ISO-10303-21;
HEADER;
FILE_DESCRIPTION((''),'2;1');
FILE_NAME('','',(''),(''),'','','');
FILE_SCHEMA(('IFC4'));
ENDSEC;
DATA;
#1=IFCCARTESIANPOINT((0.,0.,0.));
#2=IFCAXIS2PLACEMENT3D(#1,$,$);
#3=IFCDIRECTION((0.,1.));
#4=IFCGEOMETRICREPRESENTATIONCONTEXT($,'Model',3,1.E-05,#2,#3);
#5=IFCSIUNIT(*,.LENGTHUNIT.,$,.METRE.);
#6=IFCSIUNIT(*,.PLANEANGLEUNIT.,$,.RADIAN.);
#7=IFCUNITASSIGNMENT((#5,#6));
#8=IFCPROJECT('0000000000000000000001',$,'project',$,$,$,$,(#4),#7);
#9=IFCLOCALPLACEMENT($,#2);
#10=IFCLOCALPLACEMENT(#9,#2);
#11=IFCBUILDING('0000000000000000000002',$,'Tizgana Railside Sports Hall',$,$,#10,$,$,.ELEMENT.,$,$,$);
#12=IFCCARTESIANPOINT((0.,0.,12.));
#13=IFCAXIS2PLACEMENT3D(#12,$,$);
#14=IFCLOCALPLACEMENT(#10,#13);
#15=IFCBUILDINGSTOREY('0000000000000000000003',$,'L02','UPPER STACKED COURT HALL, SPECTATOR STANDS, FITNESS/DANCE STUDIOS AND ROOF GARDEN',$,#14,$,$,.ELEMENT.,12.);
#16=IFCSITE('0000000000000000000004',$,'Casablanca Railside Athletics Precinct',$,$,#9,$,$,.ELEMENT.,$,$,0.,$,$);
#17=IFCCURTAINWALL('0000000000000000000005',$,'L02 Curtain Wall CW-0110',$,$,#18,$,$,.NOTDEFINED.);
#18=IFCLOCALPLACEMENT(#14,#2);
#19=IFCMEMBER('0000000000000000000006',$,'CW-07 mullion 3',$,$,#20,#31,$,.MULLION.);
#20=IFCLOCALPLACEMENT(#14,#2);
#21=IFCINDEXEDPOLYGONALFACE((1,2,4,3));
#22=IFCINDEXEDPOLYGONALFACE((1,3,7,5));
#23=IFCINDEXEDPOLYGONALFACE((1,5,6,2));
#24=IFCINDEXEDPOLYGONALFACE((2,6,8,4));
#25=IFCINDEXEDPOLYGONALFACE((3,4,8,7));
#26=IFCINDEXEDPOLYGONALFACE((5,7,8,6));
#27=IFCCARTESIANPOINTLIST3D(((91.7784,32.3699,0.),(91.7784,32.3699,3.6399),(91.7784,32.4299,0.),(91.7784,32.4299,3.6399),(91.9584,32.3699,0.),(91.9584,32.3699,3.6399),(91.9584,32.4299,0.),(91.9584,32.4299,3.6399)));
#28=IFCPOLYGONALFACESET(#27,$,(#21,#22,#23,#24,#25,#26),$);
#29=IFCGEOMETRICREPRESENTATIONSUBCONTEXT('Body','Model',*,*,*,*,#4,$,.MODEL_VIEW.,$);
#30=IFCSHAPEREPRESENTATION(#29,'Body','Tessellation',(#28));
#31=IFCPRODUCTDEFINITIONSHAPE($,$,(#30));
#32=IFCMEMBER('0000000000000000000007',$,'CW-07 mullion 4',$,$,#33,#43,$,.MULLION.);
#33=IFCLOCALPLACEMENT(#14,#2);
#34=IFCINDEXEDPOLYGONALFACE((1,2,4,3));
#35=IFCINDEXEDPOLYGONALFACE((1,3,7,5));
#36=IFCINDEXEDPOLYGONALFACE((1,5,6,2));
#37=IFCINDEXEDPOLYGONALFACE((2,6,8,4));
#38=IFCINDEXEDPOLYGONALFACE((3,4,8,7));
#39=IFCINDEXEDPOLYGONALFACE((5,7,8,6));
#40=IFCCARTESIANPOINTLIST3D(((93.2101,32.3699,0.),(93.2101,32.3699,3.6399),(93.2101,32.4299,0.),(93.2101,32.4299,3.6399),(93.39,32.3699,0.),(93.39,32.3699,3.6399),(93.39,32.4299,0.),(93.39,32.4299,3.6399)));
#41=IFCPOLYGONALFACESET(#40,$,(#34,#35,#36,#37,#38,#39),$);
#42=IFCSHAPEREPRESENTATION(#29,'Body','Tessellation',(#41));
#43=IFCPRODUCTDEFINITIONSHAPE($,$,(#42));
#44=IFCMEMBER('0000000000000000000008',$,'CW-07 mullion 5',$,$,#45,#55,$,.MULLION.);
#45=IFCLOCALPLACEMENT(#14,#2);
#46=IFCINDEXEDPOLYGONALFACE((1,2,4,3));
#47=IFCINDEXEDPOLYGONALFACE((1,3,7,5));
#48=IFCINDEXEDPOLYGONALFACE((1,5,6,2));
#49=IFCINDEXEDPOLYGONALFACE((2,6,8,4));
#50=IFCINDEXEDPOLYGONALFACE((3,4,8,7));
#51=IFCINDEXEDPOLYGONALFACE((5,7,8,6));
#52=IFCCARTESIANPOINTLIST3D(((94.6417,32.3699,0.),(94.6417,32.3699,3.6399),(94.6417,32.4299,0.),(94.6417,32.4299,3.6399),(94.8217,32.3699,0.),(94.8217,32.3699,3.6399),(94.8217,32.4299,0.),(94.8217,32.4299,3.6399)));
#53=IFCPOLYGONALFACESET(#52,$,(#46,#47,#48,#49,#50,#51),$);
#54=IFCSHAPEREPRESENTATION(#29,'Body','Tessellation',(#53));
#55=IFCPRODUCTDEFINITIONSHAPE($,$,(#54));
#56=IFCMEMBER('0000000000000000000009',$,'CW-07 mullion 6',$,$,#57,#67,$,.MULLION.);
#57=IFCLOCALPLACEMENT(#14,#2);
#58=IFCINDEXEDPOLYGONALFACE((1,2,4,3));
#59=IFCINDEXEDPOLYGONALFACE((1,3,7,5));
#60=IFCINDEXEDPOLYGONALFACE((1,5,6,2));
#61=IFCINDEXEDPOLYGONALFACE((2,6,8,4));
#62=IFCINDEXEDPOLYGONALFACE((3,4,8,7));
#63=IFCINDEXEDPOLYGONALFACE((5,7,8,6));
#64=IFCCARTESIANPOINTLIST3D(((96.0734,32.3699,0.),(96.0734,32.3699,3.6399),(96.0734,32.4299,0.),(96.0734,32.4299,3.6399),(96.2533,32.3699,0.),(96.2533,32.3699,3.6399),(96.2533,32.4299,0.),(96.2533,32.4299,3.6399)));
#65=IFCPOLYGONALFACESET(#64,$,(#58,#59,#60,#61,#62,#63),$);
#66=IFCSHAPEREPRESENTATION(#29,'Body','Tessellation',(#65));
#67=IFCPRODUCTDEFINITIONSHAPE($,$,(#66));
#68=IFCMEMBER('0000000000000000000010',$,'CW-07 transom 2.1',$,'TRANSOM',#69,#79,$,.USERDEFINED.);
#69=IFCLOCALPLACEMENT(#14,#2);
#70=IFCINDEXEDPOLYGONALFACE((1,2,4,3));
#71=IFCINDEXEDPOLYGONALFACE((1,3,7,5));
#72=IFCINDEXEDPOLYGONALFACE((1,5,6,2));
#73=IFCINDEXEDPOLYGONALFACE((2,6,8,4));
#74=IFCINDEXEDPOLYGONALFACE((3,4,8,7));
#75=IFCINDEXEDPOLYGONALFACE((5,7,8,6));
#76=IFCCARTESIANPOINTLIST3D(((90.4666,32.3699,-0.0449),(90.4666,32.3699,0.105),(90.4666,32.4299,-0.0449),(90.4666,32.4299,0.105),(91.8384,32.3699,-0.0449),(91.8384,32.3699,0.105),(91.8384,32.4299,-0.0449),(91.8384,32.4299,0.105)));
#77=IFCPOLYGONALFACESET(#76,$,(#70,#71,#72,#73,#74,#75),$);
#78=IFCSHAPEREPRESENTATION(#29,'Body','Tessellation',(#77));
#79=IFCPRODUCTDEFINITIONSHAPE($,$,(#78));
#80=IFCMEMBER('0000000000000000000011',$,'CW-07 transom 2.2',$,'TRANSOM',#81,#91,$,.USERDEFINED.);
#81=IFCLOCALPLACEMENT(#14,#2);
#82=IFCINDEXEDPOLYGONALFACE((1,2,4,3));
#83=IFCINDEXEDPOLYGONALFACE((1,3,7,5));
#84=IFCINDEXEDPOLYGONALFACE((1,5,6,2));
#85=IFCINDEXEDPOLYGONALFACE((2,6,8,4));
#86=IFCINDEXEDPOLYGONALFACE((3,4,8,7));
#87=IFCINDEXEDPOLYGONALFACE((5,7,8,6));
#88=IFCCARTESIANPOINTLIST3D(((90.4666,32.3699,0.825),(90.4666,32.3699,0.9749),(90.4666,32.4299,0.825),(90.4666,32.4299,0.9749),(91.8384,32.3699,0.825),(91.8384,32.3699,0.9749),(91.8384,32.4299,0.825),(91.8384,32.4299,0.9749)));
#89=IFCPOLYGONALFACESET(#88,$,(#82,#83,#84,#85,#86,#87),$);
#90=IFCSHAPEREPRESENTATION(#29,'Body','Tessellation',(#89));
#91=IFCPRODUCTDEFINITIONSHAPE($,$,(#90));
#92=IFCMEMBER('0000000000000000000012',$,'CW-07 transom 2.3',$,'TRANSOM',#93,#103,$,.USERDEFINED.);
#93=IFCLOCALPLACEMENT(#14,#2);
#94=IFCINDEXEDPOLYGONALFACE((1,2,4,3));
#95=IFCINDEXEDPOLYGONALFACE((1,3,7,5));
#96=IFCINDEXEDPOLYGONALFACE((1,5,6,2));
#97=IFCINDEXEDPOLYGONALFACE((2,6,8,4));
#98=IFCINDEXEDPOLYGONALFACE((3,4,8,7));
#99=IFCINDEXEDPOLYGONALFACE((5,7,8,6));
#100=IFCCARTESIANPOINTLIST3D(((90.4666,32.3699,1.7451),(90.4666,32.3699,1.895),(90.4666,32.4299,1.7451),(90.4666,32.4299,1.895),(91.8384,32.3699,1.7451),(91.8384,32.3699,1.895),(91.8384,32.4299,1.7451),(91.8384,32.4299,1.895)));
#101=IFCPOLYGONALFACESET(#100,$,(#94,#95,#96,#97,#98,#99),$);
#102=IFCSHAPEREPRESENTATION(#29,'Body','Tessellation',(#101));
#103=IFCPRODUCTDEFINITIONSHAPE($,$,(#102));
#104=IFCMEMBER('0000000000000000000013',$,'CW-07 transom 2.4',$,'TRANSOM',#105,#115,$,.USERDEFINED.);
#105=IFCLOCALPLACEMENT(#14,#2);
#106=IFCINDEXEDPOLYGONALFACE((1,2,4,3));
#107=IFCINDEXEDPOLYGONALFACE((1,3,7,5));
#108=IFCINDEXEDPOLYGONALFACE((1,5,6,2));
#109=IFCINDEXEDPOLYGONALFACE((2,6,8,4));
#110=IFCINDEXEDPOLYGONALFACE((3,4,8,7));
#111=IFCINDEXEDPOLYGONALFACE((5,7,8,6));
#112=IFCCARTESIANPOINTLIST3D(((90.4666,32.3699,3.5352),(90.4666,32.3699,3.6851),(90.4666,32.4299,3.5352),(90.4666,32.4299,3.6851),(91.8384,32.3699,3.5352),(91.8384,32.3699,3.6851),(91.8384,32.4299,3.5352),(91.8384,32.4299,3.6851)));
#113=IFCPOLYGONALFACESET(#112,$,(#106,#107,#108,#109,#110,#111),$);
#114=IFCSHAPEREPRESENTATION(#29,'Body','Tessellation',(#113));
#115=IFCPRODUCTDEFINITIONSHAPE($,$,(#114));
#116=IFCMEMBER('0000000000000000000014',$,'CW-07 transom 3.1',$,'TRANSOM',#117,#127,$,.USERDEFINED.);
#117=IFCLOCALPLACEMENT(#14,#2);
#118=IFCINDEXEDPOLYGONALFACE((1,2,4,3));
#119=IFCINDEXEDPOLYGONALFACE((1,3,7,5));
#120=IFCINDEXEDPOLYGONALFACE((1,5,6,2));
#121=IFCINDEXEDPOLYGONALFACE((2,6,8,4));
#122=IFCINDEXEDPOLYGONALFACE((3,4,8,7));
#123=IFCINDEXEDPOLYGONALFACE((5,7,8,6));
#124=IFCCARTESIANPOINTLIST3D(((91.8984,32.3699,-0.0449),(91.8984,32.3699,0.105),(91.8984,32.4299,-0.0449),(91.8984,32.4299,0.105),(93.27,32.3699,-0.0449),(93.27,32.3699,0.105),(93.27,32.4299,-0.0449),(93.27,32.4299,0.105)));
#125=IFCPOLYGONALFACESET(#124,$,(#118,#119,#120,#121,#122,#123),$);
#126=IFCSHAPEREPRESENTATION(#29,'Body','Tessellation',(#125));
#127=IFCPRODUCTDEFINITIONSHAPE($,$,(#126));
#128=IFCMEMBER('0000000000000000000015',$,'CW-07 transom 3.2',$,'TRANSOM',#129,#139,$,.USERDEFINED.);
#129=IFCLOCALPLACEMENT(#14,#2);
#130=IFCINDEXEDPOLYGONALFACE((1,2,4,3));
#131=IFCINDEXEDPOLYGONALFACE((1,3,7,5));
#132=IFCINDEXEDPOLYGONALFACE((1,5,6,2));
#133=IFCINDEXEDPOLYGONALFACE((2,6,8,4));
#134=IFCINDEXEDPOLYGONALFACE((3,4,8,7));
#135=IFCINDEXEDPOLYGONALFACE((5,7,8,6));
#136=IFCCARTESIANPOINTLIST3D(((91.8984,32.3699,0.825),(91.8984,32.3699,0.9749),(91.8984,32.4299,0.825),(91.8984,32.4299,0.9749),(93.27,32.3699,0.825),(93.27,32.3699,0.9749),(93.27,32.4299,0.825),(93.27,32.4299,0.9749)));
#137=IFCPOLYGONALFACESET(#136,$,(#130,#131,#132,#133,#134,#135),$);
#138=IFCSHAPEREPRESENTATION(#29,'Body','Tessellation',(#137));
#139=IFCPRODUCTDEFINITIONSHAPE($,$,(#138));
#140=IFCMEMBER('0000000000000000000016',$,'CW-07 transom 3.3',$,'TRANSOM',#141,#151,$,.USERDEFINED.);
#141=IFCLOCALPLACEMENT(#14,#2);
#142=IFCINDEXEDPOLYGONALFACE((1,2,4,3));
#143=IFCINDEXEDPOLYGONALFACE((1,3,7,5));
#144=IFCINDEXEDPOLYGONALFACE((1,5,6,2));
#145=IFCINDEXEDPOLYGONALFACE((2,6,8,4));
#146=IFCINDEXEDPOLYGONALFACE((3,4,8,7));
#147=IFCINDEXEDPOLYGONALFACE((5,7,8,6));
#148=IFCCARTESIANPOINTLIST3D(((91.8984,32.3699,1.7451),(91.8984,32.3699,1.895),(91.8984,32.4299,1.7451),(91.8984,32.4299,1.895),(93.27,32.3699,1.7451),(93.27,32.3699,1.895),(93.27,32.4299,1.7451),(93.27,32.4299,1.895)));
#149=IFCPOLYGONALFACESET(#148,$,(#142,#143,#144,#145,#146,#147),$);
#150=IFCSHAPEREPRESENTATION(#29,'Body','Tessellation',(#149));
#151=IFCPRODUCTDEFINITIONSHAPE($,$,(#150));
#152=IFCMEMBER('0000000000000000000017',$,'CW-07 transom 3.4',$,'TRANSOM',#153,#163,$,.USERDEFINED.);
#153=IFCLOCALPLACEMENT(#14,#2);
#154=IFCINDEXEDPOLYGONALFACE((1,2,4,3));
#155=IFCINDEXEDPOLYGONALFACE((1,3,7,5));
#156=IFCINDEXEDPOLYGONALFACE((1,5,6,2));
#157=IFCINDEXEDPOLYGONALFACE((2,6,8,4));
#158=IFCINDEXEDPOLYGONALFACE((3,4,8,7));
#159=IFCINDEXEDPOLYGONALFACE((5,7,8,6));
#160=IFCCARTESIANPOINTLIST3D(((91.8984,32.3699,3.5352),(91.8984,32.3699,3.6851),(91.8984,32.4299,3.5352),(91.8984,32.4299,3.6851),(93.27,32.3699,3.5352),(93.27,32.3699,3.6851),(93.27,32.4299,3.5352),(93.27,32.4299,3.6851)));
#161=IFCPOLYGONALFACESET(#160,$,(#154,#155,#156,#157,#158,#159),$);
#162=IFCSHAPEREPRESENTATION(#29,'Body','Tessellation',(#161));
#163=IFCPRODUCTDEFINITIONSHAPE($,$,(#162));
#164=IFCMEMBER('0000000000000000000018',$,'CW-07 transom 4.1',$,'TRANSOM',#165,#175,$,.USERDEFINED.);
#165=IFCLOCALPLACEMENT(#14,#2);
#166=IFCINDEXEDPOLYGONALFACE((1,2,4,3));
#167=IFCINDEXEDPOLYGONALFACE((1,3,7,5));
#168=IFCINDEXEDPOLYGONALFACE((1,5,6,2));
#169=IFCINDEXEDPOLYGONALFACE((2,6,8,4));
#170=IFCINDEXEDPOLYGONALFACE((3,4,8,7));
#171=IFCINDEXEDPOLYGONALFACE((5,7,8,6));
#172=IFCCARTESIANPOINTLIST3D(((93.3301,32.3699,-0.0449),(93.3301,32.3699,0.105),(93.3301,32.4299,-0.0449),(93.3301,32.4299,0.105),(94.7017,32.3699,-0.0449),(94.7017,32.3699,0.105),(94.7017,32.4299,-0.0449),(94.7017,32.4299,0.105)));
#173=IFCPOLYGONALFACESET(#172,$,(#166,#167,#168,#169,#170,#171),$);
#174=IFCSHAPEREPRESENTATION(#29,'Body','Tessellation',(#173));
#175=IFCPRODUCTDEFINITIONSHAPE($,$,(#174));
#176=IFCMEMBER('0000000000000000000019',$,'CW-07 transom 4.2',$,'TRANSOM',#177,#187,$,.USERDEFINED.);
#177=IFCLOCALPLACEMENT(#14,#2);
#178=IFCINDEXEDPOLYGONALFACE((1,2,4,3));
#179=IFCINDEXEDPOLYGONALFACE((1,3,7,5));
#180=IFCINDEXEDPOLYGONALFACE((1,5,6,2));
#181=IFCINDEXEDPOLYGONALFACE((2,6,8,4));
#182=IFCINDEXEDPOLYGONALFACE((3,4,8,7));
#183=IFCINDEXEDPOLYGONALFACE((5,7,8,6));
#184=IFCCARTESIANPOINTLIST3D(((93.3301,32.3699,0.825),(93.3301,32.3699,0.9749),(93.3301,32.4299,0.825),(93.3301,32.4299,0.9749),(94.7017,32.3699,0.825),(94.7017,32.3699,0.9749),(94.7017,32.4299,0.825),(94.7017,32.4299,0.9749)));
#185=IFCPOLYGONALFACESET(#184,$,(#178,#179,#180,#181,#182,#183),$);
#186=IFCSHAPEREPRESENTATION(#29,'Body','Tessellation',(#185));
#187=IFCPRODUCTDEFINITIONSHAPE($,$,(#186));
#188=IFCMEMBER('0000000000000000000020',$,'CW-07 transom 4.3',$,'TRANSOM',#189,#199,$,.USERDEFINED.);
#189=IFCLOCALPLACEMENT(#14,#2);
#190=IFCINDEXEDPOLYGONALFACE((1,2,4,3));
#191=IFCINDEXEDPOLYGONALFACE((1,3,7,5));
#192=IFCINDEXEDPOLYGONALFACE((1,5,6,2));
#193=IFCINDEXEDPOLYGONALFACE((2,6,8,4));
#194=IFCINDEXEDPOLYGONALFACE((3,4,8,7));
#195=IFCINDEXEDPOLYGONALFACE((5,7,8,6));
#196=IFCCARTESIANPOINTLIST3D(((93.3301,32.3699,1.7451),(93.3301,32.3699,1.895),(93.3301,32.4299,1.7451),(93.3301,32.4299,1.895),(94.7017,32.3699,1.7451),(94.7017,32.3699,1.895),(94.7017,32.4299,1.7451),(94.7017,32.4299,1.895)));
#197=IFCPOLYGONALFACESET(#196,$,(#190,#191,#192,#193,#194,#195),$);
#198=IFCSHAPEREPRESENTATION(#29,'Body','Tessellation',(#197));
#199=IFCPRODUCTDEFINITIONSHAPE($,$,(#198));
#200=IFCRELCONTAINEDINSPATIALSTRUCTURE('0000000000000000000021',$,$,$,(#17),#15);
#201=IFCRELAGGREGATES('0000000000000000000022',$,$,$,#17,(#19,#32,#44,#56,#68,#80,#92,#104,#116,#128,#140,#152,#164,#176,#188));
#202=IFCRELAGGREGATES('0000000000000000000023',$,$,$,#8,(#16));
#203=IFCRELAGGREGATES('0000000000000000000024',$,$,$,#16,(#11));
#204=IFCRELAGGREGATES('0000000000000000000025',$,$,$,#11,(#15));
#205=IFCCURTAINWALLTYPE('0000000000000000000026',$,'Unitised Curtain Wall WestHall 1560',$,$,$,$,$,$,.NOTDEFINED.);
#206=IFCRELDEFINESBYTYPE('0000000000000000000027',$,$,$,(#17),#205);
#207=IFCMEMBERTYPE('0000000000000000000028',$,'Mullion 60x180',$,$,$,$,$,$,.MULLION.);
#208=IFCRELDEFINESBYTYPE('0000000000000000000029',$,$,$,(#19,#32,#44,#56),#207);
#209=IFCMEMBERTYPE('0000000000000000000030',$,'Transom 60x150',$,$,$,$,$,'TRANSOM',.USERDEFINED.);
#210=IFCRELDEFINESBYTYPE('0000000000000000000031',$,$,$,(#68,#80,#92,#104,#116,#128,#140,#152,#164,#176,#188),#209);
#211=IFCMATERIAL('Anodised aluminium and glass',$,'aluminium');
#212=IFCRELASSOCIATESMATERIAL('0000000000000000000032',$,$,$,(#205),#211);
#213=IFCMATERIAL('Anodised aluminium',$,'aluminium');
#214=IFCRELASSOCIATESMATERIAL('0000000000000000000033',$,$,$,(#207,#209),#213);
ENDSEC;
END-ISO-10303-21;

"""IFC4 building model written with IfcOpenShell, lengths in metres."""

from ifc_helpers import new_model, si_unit, direction, frame, origin, origin_2d, place, context, subcontext, project, spatial, rectangle, extrude, material, material_profile, profile_set, type_object, element, aggregate, save


model = new_model("IFC4")

# Units and contexts
model_context = context("Model", 3, precision=1e-05, world=origin(), true_north=direction((0.0, 1.0)))
body_context = subcontext(model_context, "Body", "Model", "MODEL_VIEW")
ifc_project = project(units=[si_unit("LENGTHUNIT", "METRE"), si_unit("PLANEANGLEUNIT", "RADIAN")], contexts=[model_context])

# Site, building, storey
site_placement = place(None, origin())
site = spatial("IfcSite", under=ifc_project, at=site_placement, Name="Casablanca Railside Athletics Precinct", CompositionType="ELEMENT", RefElevation=0.0)
building_placement = place(site_placement, origin())
building = spatial("IfcBuilding", under=site, at=building_placement, Name="Tizgana Railside Sports Hall", CompositionType="ELEMENT")
storey_placement = place(building_placement, frame((0.0, 0.0, 12.0)))
storey = spatial("IfcBuildingStorey", under=building, at=storey_placement, Name="L02", Description="UPPER STACKED COURT HALL, SPECTATOR STANDS, FITNESS/DANCE STUDIOS AND ROOF GARDEN", CompositionType="ELEMENT", Elevation=12.0)

# Curtain wall, members
ifc_material_1 = material(Name="Anodised aluminium and glass", Category="aluminium")
curtain_wall_type = type_object("IfcCurtainWallType", Name="Unitised Curtain Wall WestHall 1560", PredefinedType="NOTDEFINED", material=ifc_material_1)
curtain_wall_placement = place(storey_placement, origin())
curtain_wall = element("IfcCurtainWall", 1, at=curtain_wall_placement, inside=storey, type_object=curtain_wall_type, Name="L02 Curtain Wall CW-0110", PredefinedType="NOTDEFINED")
ifc_material_2 = material(Name="Anodised aluminium", Category="aluminium")
ifc_material_profile_1 = material_profile(ifc_material_2, rectangle(XDim=0.0601, YDim=0.1799, at=origin_2d()), Name="Mullion 60x180")
ifc_profile_set_1 = profile_set([ifc_material_profile_1], Name="Anodised aluminium")
member_type_1 = type_object("IfcMemberType", Name="Mullion 60x180", PredefinedType="MULLION", material=ifc_profile_set_1)
member_1_placement = place(storey_placement, frame((91.8684, 32.3999, 0.0), z_axis=(0.0, 0.0, 1.0), x_axis=(0.0, 1.0, 0.0)))
member_1 = element("IfcMember", 2, at=member_1_placement, type_object=member_type_1, Name="CW-07 mullion 3", PredefinedType="MULLION", context=body_context, shape_type="SweptSolid", body=[
    extrude(rectangle(XDim=0.0601, YDim=0.1799, at=origin_2d()), origin(), (0.0, 0.0, 1.0), 3.6399),
])
member_2_placement = place(storey_placement, frame((93.3, 32.3999, 0.0), z_axis=(0.0, 0.0, 1.0), x_axis=(0.0, 1.0, 0.0)))
member_2 = element("IfcMember", 3, at=member_2_placement, type_object=member_type_1, Name="CW-07 mullion 4", PredefinedType="MULLION", context=body_context, shape_type="SweptSolid", body=[
    extrude(rectangle(XDim=0.0601, YDim=0.1799, at=origin_2d()), origin(), (0.0, 0.0, 1.0), 3.6399),
])
member_3_placement = place(storey_placement, frame((94.7317, 32.3999, 0.0), z_axis=(0.0, 0.0, 1.0), x_axis=(0.0, 1.0, 0.0)))
member_3 = element("IfcMember", 4, at=member_3_placement, type_object=member_type_1, Name="CW-07 mullion 5", PredefinedType="MULLION", context=body_context, shape_type="SweptSolid", body=[
    extrude(rectangle(XDim=0.0601, YDim=0.1799, at=origin_2d()), origin(), (0.0, 0.0, 1.0), 3.6399),
])
member_4_placement = place(storey_placement, frame((96.1633, 32.3999, 0.0), z_axis=(0.0, 0.0, 1.0), x_axis=(0.0, 1.0, 0.0)))
member_4 = element("IfcMember", 5, at=member_4_placement, type_object=member_type_1, Name="CW-07 mullion 6", PredefinedType="MULLION", context=body_context, shape_type="SweptSolid", body=[
    extrude(rectangle(XDim=0.0601, YDim=0.1799, at=origin_2d()), origin(), (0.0, 0.0, 1.0), 3.6399),
])
ifc_material_profile_2 = material_profile(ifc_material_2, rectangle(XDim=0.0601, YDim=0.1499, at=origin_2d()), Name="Transom 60x150")
ifc_profile_set_2 = profile_set([ifc_material_profile_2], Name="Anodised aluminium")
member_type_2 = type_object("IfcMemberType", Name="Transom 60x150", ElementType="TRANSOM", PredefinedType="USERDEFINED", material=ifc_profile_set_2)
member_5_placement = place(storey_placement, frame((90.4666, 32.3999, 0.03), z_axis=(1.0, 0.0, 0.0), x_axis=(0.0, 1.0, 0.0)))
member_5 = element("IfcMember", 6, at=member_5_placement, type_object=member_type_2, Name="CW-07 transom 2.1", ObjectType="TRANSOM", PredefinedType="USERDEFINED", context=body_context, shape_type="SweptSolid", body=[
    extrude(rectangle(XDim=0.0601, YDim=0.1499, at=origin_2d()), origin(), (0.0, 0.0, 1.0), 1.3718),
])
member_6_placement = place(storey_placement, frame((90.4666, 32.3999, 0.8999), z_axis=(1.0, 0.0, 0.0), x_axis=(0.0, 1.0, 0.0)))
member_6 = element("IfcMember", 7, at=member_6_placement, type_object=member_type_2, Name="CW-07 transom 2.2", ObjectType="TRANSOM", PredefinedType="USERDEFINED", context=body_context, shape_type="SweptSolid", body=[
    extrude(rectangle(XDim=0.0601, YDim=0.1499, at=origin_2d()), origin(), (0.0, 0.0, 1.0), 1.3718),
])
member_7_placement = place(storey_placement, frame((90.4666, 32.3999, 1.8201), z_axis=(1.0, 0.0, 0.0), x_axis=(0.0, 1.0, 0.0)))
member_7 = element("IfcMember", 8, at=member_7_placement, type_object=member_type_2, Name="CW-07 transom 2.3", ObjectType="TRANSOM", PredefinedType="USERDEFINED", context=body_context, shape_type="SweptSolid", body=[
    extrude(rectangle(XDim=0.0601, YDim=0.1499, at=origin_2d()), origin(), (0.0, 0.0, 1.0), 1.3718),
])
member_8_placement = place(storey_placement, frame((90.4666, 32.3999, 3.6101), z_axis=(1.0, 0.0, 0.0), x_axis=(0.0, 1.0, 0.0)))
member_8 = element("IfcMember", 9, at=member_8_placement, type_object=member_type_2, Name="CW-07 transom 2.4", ObjectType="TRANSOM", PredefinedType="USERDEFINED", context=body_context, shape_type="SweptSolid", body=[
    extrude(rectangle(XDim=0.0601, YDim=0.1499, at=origin_2d()), origin(), (0.0, 0.0, 1.0), 1.3718),
])
member_9_placement = place(storey_placement, frame((91.8984, 32.3999, 0.03), z_axis=(1.0, 0.0, 0.0), x_axis=(0.0, 1.0, 0.0)))
member_9 = element("IfcMember", 10, at=member_9_placement, type_object=member_type_2, Name="CW-07 transom 3.1", ObjectType="TRANSOM", PredefinedType="USERDEFINED", context=body_context, shape_type="SweptSolid", body=[
    extrude(rectangle(XDim=0.0601, YDim=0.1499, at=origin_2d()), origin(), (0.0, 0.0, 1.0), 1.3716),
])
member_10_placement = place(storey_placement, frame((91.8984, 32.3999, 0.8999), z_axis=(1.0, 0.0, 0.0), x_axis=(0.0, 1.0, 0.0)))
member_10 = element("IfcMember", 11, at=member_10_placement, type_object=member_type_2, Name="CW-07 transom 3.2", ObjectType="TRANSOM", PredefinedType="USERDEFINED", context=body_context, shape_type="SweptSolid", body=[
    extrude(rectangle(XDim=0.0601, YDim=0.1499, at=origin_2d()), origin(), (0.0, 0.0, 1.0), 1.3716),
])
member_11_placement = place(storey_placement, frame((91.8984, 32.3999, 1.8201), z_axis=(1.0, 0.0, 0.0), x_axis=(0.0, 1.0, 0.0)))
member_11 = element("IfcMember", 12, at=member_11_placement, type_object=member_type_2, Name="CW-07 transom 3.3", ObjectType="TRANSOM", PredefinedType="USERDEFINED", context=body_context, shape_type="SweptSolid", body=[
    extrude(rectangle(XDim=0.0601, YDim=0.1499, at=origin_2d()), origin(), (0.0, 0.0, 1.0), 1.3716),
])
member_12_placement = place(storey_placement, frame((91.8984, 32.3999, 3.6101), z_axis=(1.0, 0.0, 0.0), x_axis=(0.0, 1.0, 0.0)))
member_12 = element("IfcMember", 13, at=member_12_placement, type_object=member_type_2, Name="CW-07 transom 3.4", ObjectType="TRANSOM", PredefinedType="USERDEFINED", context=body_context, shape_type="SweptSolid", body=[
    extrude(rectangle(XDim=0.0601, YDim=0.1499, at=origin_2d()), origin(), (0.0, 0.0, 1.0), 1.3716),
])
member_13_placement = place(storey_placement, frame((93.3301, 32.3999, 0.03), z_axis=(1.0, 0.0, 0.0), x_axis=(0.0, 1.0, 0.0)))
member_13 = element("IfcMember", 14, at=member_13_placement, type_object=member_type_2, Name="CW-07 transom 4.1", ObjectType="TRANSOM", PredefinedType="USERDEFINED", context=body_context, shape_type="SweptSolid", body=[
    extrude(rectangle(XDim=0.0601, YDim=0.1499, at=origin_2d()), origin(), (0.0, 0.0, 1.0), 1.3716),
])
member_14_placement = place(storey_placement, frame((93.3301, 32.3999, 0.8999), z_axis=(1.0, 0.0, 0.0), x_axis=(0.0, 1.0, 0.0)))
member_14 = element("IfcMember", 15, at=member_14_placement, type_object=member_type_2, Name="CW-07 transom 4.2", ObjectType="TRANSOM", PredefinedType="USERDEFINED", context=body_context, shape_type="SweptSolid", body=[
    extrude(rectangle(XDim=0.0601, YDim=0.1499, at=origin_2d()), origin(), (0.0, 0.0, 1.0), 1.3716),
])
member_15_placement = place(storey_placement, frame((93.3301, 32.3999, 1.8201), z_axis=(1.0, 0.0, 0.0), x_axis=(0.0, 1.0, 0.0)))
member_15 = element("IfcMember", 16, at=member_15_placement, type_object=member_type_2, Name="CW-07 transom 4.3", ObjectType="TRANSOM", PredefinedType="USERDEFINED", context=body_context, shape_type="SweptSolid", body=[
    extrude(rectangle(XDim=0.0601, YDim=0.1499, at=origin_2d()), origin(), (0.0, 0.0, 1.0), 1.3716),
])
aggregate(curtain_wall, [member_1, member_2, member_3, member_4, member_5, member_6, member_7, member_8, member_9, member_10, member_11, member_12, member_13, member_14, member_15])

save(model, "model.ifc")
